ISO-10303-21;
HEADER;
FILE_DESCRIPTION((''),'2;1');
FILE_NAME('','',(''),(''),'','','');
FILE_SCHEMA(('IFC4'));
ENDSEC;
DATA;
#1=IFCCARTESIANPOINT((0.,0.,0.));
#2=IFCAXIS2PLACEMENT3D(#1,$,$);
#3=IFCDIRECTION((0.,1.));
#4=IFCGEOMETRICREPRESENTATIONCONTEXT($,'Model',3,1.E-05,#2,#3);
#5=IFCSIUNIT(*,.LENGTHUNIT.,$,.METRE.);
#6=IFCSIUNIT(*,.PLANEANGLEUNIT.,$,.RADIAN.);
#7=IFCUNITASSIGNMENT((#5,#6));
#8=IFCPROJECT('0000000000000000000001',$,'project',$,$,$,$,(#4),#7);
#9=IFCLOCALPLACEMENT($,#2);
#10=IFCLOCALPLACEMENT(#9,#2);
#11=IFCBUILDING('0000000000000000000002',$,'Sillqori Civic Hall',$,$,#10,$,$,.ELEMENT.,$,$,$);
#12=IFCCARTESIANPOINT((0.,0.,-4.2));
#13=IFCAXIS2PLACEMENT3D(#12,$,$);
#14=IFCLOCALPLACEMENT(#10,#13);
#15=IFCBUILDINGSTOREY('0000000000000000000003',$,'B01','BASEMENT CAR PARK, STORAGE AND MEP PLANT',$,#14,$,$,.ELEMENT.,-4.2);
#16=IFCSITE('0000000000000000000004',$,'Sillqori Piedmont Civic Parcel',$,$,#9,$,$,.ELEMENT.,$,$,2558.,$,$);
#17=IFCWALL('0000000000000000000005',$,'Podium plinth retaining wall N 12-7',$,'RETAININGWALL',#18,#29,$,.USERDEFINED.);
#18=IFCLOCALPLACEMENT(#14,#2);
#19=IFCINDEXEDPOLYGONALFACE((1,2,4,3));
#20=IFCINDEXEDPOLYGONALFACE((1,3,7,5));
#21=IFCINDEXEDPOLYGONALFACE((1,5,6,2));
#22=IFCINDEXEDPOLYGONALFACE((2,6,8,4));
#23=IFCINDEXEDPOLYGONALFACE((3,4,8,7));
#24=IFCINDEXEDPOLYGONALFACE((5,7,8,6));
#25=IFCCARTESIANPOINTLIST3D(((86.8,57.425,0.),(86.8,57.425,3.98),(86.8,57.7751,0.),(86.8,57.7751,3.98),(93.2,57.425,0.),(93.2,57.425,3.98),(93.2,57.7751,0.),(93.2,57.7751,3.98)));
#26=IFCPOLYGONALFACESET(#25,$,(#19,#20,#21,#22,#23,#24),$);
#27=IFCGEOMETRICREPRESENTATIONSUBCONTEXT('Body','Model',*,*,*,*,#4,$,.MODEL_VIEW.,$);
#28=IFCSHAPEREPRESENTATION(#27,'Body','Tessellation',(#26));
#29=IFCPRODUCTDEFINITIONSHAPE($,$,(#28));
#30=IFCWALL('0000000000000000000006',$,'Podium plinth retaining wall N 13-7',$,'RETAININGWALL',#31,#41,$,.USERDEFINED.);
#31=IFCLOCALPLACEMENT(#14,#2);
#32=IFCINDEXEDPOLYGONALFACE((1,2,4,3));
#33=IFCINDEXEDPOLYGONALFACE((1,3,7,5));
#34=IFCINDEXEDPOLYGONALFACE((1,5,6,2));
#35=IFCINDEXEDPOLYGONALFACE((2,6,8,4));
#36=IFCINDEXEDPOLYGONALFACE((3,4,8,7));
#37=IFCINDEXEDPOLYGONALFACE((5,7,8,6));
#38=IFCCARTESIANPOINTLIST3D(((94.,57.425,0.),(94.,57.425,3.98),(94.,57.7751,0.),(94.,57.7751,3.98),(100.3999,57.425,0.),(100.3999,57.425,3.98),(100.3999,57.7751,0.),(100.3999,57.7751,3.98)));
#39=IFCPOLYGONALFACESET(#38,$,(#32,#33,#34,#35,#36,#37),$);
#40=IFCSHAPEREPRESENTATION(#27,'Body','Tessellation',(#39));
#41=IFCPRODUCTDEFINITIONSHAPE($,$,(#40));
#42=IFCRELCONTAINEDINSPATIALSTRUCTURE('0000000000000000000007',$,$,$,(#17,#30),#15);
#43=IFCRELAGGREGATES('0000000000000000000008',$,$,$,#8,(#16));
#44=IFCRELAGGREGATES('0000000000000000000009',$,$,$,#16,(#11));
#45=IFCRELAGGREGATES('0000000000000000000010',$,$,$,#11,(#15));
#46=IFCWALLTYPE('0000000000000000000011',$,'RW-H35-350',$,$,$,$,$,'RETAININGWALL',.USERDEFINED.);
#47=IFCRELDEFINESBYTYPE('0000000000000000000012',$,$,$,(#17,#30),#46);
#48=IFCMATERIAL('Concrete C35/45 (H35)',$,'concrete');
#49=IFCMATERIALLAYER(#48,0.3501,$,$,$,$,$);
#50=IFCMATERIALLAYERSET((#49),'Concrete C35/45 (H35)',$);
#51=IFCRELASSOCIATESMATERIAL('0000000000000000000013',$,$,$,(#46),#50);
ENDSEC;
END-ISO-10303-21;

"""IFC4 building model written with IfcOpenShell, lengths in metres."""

from ifc_helpers import new_model, si_unit, direction, frame, frame_2d, origin, place, context, subcontext, project, spatial, rectangle, extrude, material, layer, layer_set, type_object, element, save


model = new_model("IFC4")

# Units and contexts
model_context = context("Model", 3, precision=1e-05, world=origin(), true_north=direction((0.0, 1.0)))
body_context = subcontext(model_context, "Body", "Model", "MODEL_VIEW")
ifc_project = project(units=[si_unit("LENGTHUNIT", "METRE"), si_unit("PLANEANGLEUNIT", "RADIAN")], contexts=[model_context])

# Site, building, storey
site_placement = place(None, origin())
site = spatial("IfcSite", under=ifc_project, at=site_placement, Name="Sillqori Piedmont Civic Parcel", CompositionType="ELEMENT", RefElevation=2558.0)
building_placement = place(site_placement, origin())
building = spatial("IfcBuilding", under=site, at=building_placement, Name="Sillqori Civic Hall", CompositionType="ELEMENT")
storey_placement = place(building_placement, frame((0.0, 0.0, -4.2)))
storey = spatial("IfcBuildingStorey", under=building, at=storey_placement, Name="B01", Description="BASEMENT CAR PARK, STORAGE AND MEP PLANT", CompositionType="ELEMENT", Elevation=-4.2)

# Shared definitions
ifc_material = material(Name="Concrete C35/45 (H35)", Category="concrete")

# Walls
ifc_layer = layer(ifc_material, 0.3501)
ifc_layer_set = layer_set([ifc_layer], Name="Concrete C35/45 (H35)")
wall_type = type_object("IfcWallType", Name="RW-H35-350", ElementType="RETAININGWALL", PredefinedType="USERDEFINED", material=ifc_layer_set)
for number, where, z_axis, x_axis, name in (
    (1, (86.8, 57.6001, 0.0), (0.0, 0.0, 1.0), (1.0, 0.0, 0.0), "Podium plinth retaining wall N 12-7"),
    (2, (94.0, 57.6001, 0.0), (0.0, 0.0, 1.0), (1.0, 0.0, 0.0), "Podium plinth retaining wall N 13-7"),
):
    element("IfcWall", number, at=place(storey_placement, frame(where, z_axis=z_axis, x_axis=x_axis)), inside=storey, type_object=wall_type, Name=name, ObjectType="RETAININGWALL", PredefinedType="USERDEFINED", context=body_context, shape_type="SweptSolid", body=[
        extrude(rectangle(XDim=6.3999, YDim=0.3501, at=frame_2d((3.2, 0.0))), origin(), (0.0, 0.0, 1.0), 3.98),
    ])

save(model, "model.ifc")
